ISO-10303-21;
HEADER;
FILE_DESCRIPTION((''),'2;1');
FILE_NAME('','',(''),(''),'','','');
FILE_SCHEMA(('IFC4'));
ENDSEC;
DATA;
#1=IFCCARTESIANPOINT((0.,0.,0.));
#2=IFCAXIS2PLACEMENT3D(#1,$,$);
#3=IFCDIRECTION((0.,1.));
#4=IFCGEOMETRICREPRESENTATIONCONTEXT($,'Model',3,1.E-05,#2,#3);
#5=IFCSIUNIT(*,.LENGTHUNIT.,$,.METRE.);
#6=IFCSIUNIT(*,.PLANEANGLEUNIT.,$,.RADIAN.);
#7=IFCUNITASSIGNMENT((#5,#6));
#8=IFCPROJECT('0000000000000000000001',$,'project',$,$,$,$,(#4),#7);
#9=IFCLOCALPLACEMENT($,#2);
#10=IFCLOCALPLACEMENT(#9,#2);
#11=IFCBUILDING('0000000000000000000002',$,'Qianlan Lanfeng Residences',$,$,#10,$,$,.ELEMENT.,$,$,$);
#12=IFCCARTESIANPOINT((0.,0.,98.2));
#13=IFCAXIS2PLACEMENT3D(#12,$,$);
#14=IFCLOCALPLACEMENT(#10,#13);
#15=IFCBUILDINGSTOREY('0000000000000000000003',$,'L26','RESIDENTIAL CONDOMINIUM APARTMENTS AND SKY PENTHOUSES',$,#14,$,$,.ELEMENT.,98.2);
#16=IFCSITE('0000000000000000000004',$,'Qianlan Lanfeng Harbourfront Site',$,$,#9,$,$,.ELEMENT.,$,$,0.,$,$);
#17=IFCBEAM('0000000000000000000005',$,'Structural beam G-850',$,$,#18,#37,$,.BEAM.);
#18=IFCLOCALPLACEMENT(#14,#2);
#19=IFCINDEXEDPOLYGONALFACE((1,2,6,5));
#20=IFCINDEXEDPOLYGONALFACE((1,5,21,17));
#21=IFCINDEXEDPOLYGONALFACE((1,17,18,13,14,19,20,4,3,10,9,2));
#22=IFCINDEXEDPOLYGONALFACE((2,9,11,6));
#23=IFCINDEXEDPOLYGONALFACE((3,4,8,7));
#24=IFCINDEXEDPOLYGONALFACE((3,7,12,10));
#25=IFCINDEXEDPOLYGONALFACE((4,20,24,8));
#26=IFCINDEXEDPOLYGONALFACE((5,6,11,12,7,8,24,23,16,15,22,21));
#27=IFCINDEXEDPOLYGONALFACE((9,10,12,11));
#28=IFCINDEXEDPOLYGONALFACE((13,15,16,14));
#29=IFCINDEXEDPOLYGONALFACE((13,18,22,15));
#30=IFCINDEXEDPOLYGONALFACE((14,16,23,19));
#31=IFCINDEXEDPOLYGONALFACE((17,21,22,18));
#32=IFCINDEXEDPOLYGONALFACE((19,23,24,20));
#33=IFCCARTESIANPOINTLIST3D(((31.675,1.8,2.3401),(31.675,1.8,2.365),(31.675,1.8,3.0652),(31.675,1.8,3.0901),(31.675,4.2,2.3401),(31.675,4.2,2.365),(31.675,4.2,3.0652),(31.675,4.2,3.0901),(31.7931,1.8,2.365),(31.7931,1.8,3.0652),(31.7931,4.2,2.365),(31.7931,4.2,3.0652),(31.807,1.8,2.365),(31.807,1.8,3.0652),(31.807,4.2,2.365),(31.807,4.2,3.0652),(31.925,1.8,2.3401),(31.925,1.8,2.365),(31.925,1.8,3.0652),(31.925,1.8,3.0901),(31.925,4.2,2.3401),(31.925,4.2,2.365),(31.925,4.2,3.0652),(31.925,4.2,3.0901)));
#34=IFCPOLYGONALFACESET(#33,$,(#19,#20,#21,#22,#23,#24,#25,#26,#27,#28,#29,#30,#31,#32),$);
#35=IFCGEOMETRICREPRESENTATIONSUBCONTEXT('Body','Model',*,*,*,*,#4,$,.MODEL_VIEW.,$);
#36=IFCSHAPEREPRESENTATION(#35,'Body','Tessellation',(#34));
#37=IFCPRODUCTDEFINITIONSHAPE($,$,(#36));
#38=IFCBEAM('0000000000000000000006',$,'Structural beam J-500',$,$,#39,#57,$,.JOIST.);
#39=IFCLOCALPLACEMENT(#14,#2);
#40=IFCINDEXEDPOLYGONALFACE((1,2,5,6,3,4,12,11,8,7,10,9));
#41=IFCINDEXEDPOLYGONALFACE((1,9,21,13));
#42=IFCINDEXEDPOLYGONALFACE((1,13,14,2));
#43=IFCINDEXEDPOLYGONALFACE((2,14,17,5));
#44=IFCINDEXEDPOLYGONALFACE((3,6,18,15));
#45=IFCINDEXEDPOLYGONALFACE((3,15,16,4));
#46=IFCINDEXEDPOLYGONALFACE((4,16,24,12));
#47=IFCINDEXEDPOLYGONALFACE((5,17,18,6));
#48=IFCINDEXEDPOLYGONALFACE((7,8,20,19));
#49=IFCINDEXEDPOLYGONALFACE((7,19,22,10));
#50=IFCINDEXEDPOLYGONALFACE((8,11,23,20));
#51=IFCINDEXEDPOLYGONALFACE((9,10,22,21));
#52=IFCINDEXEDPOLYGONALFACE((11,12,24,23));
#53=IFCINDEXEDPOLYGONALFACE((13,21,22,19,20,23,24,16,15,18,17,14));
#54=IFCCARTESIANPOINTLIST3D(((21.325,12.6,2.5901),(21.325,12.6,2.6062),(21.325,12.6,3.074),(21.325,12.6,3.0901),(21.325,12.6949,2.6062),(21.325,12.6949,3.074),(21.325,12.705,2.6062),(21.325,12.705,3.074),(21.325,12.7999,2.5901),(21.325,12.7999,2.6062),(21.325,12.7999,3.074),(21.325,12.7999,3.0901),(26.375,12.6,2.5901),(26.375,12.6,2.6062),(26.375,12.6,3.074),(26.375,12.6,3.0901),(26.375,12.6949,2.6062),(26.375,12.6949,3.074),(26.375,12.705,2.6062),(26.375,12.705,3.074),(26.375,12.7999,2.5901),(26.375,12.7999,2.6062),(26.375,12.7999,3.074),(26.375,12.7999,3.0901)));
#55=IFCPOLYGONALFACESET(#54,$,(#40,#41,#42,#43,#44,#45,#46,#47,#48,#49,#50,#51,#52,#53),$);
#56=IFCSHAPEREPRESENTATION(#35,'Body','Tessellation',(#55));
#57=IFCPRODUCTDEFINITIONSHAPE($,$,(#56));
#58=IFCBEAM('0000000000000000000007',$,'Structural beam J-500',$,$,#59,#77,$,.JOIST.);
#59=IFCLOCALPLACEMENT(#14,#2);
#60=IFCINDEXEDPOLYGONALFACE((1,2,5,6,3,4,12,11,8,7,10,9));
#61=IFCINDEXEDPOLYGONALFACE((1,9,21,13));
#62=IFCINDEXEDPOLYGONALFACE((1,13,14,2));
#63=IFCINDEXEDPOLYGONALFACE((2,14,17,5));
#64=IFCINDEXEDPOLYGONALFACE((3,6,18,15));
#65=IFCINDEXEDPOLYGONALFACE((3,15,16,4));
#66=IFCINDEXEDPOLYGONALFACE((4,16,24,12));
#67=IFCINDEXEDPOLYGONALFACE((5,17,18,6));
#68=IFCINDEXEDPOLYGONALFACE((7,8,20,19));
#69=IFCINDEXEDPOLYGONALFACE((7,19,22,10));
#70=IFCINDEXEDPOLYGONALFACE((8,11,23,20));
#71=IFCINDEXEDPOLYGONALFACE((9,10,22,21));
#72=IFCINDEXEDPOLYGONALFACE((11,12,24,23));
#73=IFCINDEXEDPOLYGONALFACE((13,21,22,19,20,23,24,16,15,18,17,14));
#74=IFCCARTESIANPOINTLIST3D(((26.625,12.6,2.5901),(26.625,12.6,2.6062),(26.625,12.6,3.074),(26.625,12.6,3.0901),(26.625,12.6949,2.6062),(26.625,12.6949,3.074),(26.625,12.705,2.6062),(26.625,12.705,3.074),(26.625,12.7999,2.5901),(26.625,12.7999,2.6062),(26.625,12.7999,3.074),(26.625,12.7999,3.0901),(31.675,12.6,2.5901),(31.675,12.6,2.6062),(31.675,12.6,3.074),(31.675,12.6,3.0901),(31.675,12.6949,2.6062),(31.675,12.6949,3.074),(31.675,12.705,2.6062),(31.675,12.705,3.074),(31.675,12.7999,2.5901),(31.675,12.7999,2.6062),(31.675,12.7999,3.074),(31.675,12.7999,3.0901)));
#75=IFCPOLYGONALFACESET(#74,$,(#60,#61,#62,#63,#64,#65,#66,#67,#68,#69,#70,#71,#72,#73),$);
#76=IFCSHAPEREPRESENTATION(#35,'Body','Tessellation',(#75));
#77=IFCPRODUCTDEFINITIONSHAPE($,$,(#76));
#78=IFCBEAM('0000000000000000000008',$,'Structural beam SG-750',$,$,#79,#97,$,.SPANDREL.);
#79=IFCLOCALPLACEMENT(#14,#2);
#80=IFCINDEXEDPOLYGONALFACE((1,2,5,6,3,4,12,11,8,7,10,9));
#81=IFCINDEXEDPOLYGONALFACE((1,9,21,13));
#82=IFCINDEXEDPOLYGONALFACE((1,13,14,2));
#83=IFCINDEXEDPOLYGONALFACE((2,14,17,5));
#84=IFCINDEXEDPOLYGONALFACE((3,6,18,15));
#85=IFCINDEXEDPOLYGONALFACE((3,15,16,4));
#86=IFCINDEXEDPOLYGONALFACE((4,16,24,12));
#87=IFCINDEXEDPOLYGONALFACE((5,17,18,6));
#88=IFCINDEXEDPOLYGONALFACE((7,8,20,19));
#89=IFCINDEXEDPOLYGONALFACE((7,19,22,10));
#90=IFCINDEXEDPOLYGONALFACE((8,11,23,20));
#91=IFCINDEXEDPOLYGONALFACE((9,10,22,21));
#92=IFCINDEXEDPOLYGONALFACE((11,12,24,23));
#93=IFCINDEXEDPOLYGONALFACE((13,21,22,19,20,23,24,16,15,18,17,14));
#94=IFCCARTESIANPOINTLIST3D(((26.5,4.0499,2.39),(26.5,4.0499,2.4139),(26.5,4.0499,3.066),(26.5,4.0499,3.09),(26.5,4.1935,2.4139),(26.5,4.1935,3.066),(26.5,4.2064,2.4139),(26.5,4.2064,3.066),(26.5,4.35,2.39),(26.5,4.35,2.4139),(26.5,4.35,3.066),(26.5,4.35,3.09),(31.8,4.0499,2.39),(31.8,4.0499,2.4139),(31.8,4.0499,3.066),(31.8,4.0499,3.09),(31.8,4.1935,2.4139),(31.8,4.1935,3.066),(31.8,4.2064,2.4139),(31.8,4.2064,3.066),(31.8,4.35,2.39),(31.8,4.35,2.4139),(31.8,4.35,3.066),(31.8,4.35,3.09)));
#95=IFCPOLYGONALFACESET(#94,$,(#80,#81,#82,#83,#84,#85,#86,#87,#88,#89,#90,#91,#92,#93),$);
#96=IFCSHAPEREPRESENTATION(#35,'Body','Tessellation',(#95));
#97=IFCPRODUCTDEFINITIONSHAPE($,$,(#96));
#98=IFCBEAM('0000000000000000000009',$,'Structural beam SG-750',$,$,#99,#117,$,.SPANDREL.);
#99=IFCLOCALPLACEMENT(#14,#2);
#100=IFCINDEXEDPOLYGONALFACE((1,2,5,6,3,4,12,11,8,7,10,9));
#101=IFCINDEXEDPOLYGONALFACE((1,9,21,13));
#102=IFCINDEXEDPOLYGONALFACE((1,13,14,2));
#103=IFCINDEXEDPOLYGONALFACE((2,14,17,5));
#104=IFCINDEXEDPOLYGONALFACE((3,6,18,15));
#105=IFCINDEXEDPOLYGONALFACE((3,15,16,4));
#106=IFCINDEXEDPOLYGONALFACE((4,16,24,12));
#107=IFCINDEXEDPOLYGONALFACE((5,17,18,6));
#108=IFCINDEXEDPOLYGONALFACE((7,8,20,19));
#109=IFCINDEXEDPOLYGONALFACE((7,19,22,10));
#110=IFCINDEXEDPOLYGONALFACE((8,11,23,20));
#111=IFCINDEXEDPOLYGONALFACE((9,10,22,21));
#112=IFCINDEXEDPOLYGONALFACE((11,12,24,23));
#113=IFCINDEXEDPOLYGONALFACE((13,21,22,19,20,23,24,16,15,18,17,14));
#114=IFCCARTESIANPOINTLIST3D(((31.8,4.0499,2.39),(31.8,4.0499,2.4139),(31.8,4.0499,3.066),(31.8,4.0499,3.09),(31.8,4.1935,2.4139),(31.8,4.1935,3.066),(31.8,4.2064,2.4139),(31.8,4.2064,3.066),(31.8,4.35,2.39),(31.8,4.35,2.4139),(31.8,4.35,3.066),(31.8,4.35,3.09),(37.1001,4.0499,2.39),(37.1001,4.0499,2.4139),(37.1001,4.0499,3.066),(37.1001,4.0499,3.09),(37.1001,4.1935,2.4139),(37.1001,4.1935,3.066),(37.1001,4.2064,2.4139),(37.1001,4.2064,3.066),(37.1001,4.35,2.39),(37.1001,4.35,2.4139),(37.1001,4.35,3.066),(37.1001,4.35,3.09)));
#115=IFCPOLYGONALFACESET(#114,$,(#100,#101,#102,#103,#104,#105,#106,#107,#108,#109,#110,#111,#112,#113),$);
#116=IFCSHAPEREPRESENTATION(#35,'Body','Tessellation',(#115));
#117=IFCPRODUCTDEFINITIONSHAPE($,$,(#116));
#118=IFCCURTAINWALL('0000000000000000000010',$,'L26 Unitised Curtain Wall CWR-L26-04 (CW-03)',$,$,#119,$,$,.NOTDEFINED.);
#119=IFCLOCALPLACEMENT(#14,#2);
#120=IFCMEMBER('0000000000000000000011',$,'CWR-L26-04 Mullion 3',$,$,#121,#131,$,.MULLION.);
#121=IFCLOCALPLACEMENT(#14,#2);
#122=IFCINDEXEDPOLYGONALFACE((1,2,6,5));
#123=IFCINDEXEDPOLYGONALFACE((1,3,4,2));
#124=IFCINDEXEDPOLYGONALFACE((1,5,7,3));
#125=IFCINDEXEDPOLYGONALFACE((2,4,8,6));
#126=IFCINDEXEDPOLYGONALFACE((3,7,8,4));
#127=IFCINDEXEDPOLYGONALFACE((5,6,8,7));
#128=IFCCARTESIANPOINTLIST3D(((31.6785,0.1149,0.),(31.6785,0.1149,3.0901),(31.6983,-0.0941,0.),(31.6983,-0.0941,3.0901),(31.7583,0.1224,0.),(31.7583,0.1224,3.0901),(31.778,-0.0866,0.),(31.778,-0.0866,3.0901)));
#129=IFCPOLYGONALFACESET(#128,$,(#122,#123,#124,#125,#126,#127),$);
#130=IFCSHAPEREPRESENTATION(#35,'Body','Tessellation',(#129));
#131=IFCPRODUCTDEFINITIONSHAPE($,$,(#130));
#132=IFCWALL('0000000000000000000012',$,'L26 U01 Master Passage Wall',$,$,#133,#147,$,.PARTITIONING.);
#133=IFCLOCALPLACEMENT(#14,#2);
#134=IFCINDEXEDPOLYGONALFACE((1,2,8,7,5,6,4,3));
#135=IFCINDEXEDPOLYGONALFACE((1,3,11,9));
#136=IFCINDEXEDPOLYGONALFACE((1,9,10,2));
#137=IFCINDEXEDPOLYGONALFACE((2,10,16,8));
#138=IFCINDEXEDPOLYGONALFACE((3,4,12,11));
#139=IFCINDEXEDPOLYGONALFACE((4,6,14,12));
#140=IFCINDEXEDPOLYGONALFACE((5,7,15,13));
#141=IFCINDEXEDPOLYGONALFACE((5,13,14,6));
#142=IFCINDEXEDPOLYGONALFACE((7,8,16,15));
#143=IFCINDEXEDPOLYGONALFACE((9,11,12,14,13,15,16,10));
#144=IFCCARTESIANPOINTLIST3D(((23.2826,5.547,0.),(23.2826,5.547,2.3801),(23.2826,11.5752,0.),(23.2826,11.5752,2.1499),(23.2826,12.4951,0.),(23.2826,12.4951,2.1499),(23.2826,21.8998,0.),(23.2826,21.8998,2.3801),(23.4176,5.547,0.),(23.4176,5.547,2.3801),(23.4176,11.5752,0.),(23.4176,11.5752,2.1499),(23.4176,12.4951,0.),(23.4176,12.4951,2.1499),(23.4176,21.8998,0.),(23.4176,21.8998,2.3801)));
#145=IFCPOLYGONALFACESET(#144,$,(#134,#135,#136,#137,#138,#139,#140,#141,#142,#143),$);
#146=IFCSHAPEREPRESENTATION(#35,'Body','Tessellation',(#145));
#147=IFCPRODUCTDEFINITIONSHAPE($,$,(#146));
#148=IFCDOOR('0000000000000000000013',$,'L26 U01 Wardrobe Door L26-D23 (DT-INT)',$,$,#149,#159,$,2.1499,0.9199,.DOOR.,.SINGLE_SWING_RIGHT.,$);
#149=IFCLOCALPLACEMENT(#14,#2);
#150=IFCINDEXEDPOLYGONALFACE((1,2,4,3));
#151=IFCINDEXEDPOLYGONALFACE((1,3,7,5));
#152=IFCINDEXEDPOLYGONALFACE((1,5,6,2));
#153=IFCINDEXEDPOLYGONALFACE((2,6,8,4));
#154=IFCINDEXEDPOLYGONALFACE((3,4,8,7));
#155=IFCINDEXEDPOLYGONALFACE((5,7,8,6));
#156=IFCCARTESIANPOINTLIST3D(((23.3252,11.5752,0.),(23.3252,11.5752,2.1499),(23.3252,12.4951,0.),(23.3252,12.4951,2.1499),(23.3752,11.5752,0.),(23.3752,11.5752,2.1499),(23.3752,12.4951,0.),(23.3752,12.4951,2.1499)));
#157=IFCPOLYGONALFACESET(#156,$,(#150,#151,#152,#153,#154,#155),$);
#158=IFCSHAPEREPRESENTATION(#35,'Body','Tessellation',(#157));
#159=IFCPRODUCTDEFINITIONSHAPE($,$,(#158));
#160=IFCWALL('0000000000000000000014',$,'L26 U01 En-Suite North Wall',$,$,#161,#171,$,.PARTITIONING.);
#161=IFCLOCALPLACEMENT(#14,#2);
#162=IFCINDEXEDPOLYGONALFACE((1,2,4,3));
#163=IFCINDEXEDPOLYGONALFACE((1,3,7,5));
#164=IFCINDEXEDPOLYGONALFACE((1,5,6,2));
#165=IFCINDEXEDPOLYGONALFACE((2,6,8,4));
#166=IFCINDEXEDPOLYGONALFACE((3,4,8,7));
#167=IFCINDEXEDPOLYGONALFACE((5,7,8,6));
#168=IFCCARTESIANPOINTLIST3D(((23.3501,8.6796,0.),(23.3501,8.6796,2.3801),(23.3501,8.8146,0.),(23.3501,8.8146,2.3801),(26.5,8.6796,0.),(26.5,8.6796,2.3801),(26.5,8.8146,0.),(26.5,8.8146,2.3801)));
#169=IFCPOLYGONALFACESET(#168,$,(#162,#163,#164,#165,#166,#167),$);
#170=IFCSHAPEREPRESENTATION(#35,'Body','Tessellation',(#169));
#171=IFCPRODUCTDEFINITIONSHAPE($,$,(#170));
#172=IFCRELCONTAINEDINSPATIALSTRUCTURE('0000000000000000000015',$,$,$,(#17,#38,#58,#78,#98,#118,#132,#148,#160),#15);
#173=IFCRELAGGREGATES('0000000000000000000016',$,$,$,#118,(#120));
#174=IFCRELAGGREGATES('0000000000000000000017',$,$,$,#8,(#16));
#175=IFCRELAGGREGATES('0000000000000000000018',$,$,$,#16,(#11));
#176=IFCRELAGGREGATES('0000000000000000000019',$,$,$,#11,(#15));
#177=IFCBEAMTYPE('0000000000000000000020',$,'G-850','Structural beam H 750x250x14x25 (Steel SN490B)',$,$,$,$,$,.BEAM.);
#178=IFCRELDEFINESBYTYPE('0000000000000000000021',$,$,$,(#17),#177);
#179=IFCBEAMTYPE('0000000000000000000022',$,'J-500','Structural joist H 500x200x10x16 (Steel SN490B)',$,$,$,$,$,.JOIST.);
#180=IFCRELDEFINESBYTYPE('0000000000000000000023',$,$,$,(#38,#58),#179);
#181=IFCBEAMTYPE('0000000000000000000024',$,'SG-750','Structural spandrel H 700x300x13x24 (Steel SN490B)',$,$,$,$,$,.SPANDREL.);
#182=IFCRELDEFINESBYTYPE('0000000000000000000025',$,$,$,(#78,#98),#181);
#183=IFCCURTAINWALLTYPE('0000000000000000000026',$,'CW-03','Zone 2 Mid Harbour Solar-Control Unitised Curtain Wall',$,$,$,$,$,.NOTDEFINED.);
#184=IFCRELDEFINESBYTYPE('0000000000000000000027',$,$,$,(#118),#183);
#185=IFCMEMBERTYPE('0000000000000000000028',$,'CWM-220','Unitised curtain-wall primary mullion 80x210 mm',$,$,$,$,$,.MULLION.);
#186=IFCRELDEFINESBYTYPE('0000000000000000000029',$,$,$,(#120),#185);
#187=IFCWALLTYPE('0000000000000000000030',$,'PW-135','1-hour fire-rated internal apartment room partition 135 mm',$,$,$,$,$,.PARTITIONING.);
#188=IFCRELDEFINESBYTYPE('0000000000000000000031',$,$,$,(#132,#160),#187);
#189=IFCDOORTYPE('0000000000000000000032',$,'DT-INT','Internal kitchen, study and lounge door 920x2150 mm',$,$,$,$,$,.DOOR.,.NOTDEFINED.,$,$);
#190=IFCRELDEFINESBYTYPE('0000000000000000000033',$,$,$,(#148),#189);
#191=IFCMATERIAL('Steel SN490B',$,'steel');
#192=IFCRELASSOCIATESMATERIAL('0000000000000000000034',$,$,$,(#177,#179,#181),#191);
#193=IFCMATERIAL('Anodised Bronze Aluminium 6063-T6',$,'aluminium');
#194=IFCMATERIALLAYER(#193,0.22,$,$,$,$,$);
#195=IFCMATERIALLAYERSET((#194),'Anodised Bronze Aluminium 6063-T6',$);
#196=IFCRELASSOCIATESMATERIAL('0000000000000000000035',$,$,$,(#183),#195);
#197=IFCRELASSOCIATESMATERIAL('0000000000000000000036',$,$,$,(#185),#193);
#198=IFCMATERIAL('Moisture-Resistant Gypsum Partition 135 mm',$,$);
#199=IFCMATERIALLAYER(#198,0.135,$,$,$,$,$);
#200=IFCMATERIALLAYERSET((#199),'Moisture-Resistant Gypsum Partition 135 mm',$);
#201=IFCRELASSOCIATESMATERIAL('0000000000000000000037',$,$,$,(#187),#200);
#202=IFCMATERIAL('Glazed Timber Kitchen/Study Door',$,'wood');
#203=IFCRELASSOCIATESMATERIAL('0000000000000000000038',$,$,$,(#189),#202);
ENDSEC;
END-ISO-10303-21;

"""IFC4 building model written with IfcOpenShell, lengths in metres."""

from ifc_helpers import new_model, si_unit, direction, frame, frame_2d, origin, origin_2d, place, context, subcontext, project, spatial, rectangle, i_section, extrude, source, transform, mapped, material, layer, layer_set, material_profile, profile_set, type_object, element, fill, aggregate, save


model = new_model("IFC4")

# Units and contexts
model_context = context("Model", 3, precision=1e-05, world=origin(), true_north=direction((0.0, 1.0)))
body_context = subcontext(model_context, "Body", "Model", "MODEL_VIEW")
ifc_project = project(units=[si_unit("LENGTHUNIT", "METRE"), si_unit("PLANEANGLEUNIT", "RADIAN")], contexts=[model_context])

# Site, building, storey
site_placement = place(None, origin())
site = spatial("IfcSite", under=ifc_project, at=site_placement, Name="Qianlan Lanfeng Harbourfront Site", CompositionType="ELEMENT", RefElevation=0.0)
building_placement = place(site_placement, origin())
building = spatial("IfcBuilding", under=site, at=building_placement, Name="Qianlan Lanfeng Residences", CompositionType="ELEMENT")
storey_placement = place(building_placement, frame((0.0, 0.0, 98.2)))
storey = spatial("IfcBuildingStorey", under=building, at=storey_placement, Name="L26", Description="RESIDENTIAL CONDOMINIUM APARTMENTS AND SKY PENTHOUSES", CompositionType="ELEMENT", Elevation=98.2)

# Shared definitions
ifc_material_1 = material(Name="Steel SN490B", Category="steel")

# Beams
ifc_material_profile_1 = material_profile(ifc_material_1, i_section(OverallWidth=0.25, OverallDepth=0.75, WebThickness=0.0139, FlangeThickness=0.0249, at=origin_2d()), Name="H 750x250x14x25")
ifc_profile_set_1 = profile_set([ifc_material_profile_1], Name="Steel SN490B")
beam_type_1 = type_object("IfcBeamType", Name="G-850", Description="Structural beam H 750x250x14x25 (Steel SN490B)", PredefinedType="BEAM", material=ifc_profile_set_1)
beam_1_placement = place(storey_placement, frame((31.8, 1.8, 2.7151), z_axis=(0.0, 1.0, 0.0), x_axis=(-1.0, 0.0, 0.0)))
element("IfcBeam", 1, at=beam_1_placement, inside=storey, type_object=beam_type_1, Name="Structural beam G-850", PredefinedType="BEAM", context=body_context, shape_type="SweptSolid", body=[
    extrude(i_section(OverallWidth=0.25, OverallDepth=0.75, WebThickness=0.0139, FlangeThickness=0.0249, at=origin_2d()), origin(), (0.0, 0.0, 1.0), 2.3999),
])
ifc_material_profile_2 = material_profile(ifc_material_1, i_section(OverallWidth=0.2, OverallDepth=0.5, WebThickness=0.01, FlangeThickness=0.0161, at=origin_2d()), Name="H 500x200x10x16")
ifc_profile_set_2 = profile_set([ifc_material_profile_2], Name="Steel SN490B")
beam_type_2 = type_object("IfcBeamType", Name="J-500", Description="Structural joist H 500x200x10x16 (Steel SN490B)", PredefinedType="JOIST", material=ifc_profile_set_2)
for number, where, z_axis, x_axis, name in (
    (2, (21.325, 12.7, 2.8401), (1.0, 0.0, 0.0), (0.0, 1.0, 0.0), "Structural beam J-500"),
    (3, (26.625, 12.7, 2.8401), (1.0, 0.0, 0.0), (0.0, 1.0, 0.0), "Structural beam J-500"),
):
    element("IfcBeam", number, at=place(storey_placement, frame(where, z_axis=z_axis, x_axis=x_axis)), inside=storey, type_object=beam_type_2, Name=name, PredefinedType="JOIST", context=body_context, shape_type="SweptSolid", body=[
        extrude(i_section(OverallWidth=0.2, OverallDepth=0.5, WebThickness=0.01, FlangeThickness=0.0161, at=origin_2d()), origin(), (0.0, 0.0, 1.0), 5.05),
    ])
ifc_material_profile_3 = material_profile(ifc_material_1, i_section(OverallWidth=0.3, OverallDepth=0.7, WebThickness=0.0129, FlangeThickness=0.0239, at=origin_2d()), Name="H 700x300x13x24")
ifc_profile_set_3 = profile_set([ifc_material_profile_3], Name="Steel SN490B")
beam_type_3 = type_object("IfcBeamType", Name="SG-750", Description="Structural spandrel H 700x300x13x24 (Steel SN490B)", PredefinedType="SPANDREL", material=ifc_profile_set_3)
for number, where, z_axis, x_axis, name in (
    (4, (26.5, 4.2, 2.74), (1.0, 0.0, 0.0), (0.0, 1.0, 0.0), "Structural beam SG-750"),
    (5, (31.8, 4.2, 2.74), (1.0, 0.0, 0.0), (0.0, 1.0, 0.0), "Structural beam SG-750"),
):
    element("IfcBeam", number, at=place(storey_placement, frame(where, z_axis=z_axis, x_axis=x_axis)), inside=storey, type_object=beam_type_3, Name=name, PredefinedType="SPANDREL", context=body_context, shape_type="SweptSolid", body=[
        extrude(i_section(OverallWidth=0.3, OverallDepth=0.7, WebThickness=0.0129, FlangeThickness=0.0239, at=origin_2d()), origin(), (0.0, 0.0, 1.0), 5.3),
    ])

# Curtain wall, member
ifc_material_2 = material(Name="Anodised Bronze Aluminium 6063-T6", Category="aluminium")
ifc_layer_1 = layer(ifc_material_2, 0.22)
ifc_layer_set_1 = layer_set([ifc_layer_1], Name="Anodised Bronze Aluminium 6063-T6")
curtain_wall_type = type_object("IfcCurtainWallType", Name="CW-03", Description="Zone 2 Mid Harbour Solar-Control Unitised Curtain Wall", PredefinedType="NOTDEFINED", material=ifc_layer_set_1)
curtain_wall_placement = place(storey_placement, origin())
curtain_wall = element("IfcCurtainWall", 6, at=curtain_wall_placement, inside=storey, type_object=curtain_wall_type, Name="L26 Unitised Curtain Wall CWR-L26-04 (CW-03)", PredefinedType="NOTDEFINED")
ifc_material_profile_4 = material_profile(ifc_material_2, rectangle(XDim=0.0801, YDim=0.21, at=origin_2d()), Name="ALU MULLION 80x210")
ifc_profile_set_4 = profile_set([ifc_material_profile_4], Name="Anodised Bronze Aluminium 6063-T6")
member_type = type_object("IfcMemberType", Name="CWM-220", Description="Unitised curtain-wall primary mullion 80x210 mm", PredefinedType="MULLION", material=ifc_profile_set_4)
shared_shape = source(origin(), body_context, "Body", "SweptSolid", [
    extrude(rectangle(XDim=0.0801, YDim=0.21, at=origin_2d()), origin(), (0.0, 0.0, 1.0), 3.0901),
])
member_placement = place(storey_placement, frame((31.7283, 0.0142, 0.0), z_axis=(0.0, 0.0, 1.0), x_axis=(0.995561, 0.094114, 0.0)))
member = element("IfcMember", 7, at=member_placement, type_object=member_type, Name="CWR-L26-04 Mullion 3", PredefinedType="MULLION", context=body_context, shape_type="MappedRepresentation", body=[
    mapped(shared_shape, transform((0.0, 0.0, 0.0), scale=1.0)),
])
aggregate(curtain_wall, [member])

# Wall, opening, door
ifc_material_3 = material(Name="Moisture-Resistant Gypsum Partition 135 mm")
ifc_layer_2 = layer(ifc_material_3, 0.135)
ifc_layer_set_2 = layer_set([ifc_layer_2], Name="Moisture-Resistant Gypsum Partition 135 mm")
wall_type = type_object("IfcWallType", Name="PW-135", Description="1-hour fire-rated internal apartment room partition 135 mm", PredefinedType="PARTITIONING", material=ifc_layer_set_2)
wall_1_placement = place(storey_placement, frame((23.3501, 5.5471, 0.0), z_axis=(0.0, 0.0, 1.0), x_axis=(0.0, 1.0, 0.0)))
wall_1 = element("IfcWall", 8, at=wall_1_placement, inside=storey, type_object=wall_type, Name="L26 U01 Master Passage Wall", PredefinedType="PARTITIONING", context=body_context, shape_type="SweptSolid", body=[
    extrude(rectangle(XDim=16.3528, YDim=0.135, at=frame_2d((8.1763, 0.0))), origin(), (0.0, 0.0, 1.0), 2.3801),
])
opening_1_placement = place(wall_1_placement, frame((6.0281, 0.0, 0.0)))
opening_1 = element("IfcOpeningElement", 9, at=opening_1_placement, cuts=wall_1, PredefinedType="OPENING", context=body_context, shape_type="SweptSolid", body=[
    extrude(rectangle(XDim=0.9199, YDim=2.1499, at=frame_2d((0.46, 1.075))), frame((0.0, 0.0776, 0.0), z_axis=(0.0, -1.0, 0.0), x_axis=(1.0, 0.0, 0.0)), (0.0, 0.0, 1.0), 0.155),
])
ifc_material_4 = material(Name="Glazed Timber Kitchen/Study Door", Category="wood")
door_type_1 = type_object("IfcDoorType", Name="DT-INT", Description="Internal kitchen, study and lounge door 920x2150 mm", OperationType="NOTDEFINED", PredefinedType="DOOR", material=ifc_material_4)
door_1_placement = place(opening_1_placement, origin())
door_1 = element("IfcDoor", 10, at=door_1_placement, inside=storey, type_object=door_type_1, Name="L26 U01 Wardrobe Door L26-D23 (DT-INT)", OperationType="SINGLE_SWING_RIGHT", OverallHeight=2.1499, OverallWidth=0.9199, PredefinedType="DOOR", context=body_context, shape_type="SweptSolid", body=[
    extrude(rectangle(XDim=0.9199, YDim=2.1499, at=frame_2d((0.46, 1.075))), frame((0.0, 0.0249, 0.0), z_axis=(0.0, -1.0, 0.0), x_axis=(1.0, 0.0, 0.0)), (0.0, 0.0, 1.0), 0.05),
])
fill(opening_1, door_1)

# Wall
wall_2_placement = place(storey_placement, frame((23.3501, 8.7471, 0.0), z_axis=(0.0, 0.0, 1.0), x_axis=(1.0, 0.0, 0.0)))
element("IfcWall", 11, at=wall_2_placement, inside=storey, type_object=wall_type, Name="L26 U01 En-Suite North Wall", PredefinedType="PARTITIONING", context=body_context, shape_type="SweptSolid", body=[
    extrude(rectangle(XDim=3.1499, YDim=0.135, at=frame_2d((1.575, 0.0))), origin(), (0.0, 0.0, 1.0), 2.3801),
])

save(model, "model.ifc")
